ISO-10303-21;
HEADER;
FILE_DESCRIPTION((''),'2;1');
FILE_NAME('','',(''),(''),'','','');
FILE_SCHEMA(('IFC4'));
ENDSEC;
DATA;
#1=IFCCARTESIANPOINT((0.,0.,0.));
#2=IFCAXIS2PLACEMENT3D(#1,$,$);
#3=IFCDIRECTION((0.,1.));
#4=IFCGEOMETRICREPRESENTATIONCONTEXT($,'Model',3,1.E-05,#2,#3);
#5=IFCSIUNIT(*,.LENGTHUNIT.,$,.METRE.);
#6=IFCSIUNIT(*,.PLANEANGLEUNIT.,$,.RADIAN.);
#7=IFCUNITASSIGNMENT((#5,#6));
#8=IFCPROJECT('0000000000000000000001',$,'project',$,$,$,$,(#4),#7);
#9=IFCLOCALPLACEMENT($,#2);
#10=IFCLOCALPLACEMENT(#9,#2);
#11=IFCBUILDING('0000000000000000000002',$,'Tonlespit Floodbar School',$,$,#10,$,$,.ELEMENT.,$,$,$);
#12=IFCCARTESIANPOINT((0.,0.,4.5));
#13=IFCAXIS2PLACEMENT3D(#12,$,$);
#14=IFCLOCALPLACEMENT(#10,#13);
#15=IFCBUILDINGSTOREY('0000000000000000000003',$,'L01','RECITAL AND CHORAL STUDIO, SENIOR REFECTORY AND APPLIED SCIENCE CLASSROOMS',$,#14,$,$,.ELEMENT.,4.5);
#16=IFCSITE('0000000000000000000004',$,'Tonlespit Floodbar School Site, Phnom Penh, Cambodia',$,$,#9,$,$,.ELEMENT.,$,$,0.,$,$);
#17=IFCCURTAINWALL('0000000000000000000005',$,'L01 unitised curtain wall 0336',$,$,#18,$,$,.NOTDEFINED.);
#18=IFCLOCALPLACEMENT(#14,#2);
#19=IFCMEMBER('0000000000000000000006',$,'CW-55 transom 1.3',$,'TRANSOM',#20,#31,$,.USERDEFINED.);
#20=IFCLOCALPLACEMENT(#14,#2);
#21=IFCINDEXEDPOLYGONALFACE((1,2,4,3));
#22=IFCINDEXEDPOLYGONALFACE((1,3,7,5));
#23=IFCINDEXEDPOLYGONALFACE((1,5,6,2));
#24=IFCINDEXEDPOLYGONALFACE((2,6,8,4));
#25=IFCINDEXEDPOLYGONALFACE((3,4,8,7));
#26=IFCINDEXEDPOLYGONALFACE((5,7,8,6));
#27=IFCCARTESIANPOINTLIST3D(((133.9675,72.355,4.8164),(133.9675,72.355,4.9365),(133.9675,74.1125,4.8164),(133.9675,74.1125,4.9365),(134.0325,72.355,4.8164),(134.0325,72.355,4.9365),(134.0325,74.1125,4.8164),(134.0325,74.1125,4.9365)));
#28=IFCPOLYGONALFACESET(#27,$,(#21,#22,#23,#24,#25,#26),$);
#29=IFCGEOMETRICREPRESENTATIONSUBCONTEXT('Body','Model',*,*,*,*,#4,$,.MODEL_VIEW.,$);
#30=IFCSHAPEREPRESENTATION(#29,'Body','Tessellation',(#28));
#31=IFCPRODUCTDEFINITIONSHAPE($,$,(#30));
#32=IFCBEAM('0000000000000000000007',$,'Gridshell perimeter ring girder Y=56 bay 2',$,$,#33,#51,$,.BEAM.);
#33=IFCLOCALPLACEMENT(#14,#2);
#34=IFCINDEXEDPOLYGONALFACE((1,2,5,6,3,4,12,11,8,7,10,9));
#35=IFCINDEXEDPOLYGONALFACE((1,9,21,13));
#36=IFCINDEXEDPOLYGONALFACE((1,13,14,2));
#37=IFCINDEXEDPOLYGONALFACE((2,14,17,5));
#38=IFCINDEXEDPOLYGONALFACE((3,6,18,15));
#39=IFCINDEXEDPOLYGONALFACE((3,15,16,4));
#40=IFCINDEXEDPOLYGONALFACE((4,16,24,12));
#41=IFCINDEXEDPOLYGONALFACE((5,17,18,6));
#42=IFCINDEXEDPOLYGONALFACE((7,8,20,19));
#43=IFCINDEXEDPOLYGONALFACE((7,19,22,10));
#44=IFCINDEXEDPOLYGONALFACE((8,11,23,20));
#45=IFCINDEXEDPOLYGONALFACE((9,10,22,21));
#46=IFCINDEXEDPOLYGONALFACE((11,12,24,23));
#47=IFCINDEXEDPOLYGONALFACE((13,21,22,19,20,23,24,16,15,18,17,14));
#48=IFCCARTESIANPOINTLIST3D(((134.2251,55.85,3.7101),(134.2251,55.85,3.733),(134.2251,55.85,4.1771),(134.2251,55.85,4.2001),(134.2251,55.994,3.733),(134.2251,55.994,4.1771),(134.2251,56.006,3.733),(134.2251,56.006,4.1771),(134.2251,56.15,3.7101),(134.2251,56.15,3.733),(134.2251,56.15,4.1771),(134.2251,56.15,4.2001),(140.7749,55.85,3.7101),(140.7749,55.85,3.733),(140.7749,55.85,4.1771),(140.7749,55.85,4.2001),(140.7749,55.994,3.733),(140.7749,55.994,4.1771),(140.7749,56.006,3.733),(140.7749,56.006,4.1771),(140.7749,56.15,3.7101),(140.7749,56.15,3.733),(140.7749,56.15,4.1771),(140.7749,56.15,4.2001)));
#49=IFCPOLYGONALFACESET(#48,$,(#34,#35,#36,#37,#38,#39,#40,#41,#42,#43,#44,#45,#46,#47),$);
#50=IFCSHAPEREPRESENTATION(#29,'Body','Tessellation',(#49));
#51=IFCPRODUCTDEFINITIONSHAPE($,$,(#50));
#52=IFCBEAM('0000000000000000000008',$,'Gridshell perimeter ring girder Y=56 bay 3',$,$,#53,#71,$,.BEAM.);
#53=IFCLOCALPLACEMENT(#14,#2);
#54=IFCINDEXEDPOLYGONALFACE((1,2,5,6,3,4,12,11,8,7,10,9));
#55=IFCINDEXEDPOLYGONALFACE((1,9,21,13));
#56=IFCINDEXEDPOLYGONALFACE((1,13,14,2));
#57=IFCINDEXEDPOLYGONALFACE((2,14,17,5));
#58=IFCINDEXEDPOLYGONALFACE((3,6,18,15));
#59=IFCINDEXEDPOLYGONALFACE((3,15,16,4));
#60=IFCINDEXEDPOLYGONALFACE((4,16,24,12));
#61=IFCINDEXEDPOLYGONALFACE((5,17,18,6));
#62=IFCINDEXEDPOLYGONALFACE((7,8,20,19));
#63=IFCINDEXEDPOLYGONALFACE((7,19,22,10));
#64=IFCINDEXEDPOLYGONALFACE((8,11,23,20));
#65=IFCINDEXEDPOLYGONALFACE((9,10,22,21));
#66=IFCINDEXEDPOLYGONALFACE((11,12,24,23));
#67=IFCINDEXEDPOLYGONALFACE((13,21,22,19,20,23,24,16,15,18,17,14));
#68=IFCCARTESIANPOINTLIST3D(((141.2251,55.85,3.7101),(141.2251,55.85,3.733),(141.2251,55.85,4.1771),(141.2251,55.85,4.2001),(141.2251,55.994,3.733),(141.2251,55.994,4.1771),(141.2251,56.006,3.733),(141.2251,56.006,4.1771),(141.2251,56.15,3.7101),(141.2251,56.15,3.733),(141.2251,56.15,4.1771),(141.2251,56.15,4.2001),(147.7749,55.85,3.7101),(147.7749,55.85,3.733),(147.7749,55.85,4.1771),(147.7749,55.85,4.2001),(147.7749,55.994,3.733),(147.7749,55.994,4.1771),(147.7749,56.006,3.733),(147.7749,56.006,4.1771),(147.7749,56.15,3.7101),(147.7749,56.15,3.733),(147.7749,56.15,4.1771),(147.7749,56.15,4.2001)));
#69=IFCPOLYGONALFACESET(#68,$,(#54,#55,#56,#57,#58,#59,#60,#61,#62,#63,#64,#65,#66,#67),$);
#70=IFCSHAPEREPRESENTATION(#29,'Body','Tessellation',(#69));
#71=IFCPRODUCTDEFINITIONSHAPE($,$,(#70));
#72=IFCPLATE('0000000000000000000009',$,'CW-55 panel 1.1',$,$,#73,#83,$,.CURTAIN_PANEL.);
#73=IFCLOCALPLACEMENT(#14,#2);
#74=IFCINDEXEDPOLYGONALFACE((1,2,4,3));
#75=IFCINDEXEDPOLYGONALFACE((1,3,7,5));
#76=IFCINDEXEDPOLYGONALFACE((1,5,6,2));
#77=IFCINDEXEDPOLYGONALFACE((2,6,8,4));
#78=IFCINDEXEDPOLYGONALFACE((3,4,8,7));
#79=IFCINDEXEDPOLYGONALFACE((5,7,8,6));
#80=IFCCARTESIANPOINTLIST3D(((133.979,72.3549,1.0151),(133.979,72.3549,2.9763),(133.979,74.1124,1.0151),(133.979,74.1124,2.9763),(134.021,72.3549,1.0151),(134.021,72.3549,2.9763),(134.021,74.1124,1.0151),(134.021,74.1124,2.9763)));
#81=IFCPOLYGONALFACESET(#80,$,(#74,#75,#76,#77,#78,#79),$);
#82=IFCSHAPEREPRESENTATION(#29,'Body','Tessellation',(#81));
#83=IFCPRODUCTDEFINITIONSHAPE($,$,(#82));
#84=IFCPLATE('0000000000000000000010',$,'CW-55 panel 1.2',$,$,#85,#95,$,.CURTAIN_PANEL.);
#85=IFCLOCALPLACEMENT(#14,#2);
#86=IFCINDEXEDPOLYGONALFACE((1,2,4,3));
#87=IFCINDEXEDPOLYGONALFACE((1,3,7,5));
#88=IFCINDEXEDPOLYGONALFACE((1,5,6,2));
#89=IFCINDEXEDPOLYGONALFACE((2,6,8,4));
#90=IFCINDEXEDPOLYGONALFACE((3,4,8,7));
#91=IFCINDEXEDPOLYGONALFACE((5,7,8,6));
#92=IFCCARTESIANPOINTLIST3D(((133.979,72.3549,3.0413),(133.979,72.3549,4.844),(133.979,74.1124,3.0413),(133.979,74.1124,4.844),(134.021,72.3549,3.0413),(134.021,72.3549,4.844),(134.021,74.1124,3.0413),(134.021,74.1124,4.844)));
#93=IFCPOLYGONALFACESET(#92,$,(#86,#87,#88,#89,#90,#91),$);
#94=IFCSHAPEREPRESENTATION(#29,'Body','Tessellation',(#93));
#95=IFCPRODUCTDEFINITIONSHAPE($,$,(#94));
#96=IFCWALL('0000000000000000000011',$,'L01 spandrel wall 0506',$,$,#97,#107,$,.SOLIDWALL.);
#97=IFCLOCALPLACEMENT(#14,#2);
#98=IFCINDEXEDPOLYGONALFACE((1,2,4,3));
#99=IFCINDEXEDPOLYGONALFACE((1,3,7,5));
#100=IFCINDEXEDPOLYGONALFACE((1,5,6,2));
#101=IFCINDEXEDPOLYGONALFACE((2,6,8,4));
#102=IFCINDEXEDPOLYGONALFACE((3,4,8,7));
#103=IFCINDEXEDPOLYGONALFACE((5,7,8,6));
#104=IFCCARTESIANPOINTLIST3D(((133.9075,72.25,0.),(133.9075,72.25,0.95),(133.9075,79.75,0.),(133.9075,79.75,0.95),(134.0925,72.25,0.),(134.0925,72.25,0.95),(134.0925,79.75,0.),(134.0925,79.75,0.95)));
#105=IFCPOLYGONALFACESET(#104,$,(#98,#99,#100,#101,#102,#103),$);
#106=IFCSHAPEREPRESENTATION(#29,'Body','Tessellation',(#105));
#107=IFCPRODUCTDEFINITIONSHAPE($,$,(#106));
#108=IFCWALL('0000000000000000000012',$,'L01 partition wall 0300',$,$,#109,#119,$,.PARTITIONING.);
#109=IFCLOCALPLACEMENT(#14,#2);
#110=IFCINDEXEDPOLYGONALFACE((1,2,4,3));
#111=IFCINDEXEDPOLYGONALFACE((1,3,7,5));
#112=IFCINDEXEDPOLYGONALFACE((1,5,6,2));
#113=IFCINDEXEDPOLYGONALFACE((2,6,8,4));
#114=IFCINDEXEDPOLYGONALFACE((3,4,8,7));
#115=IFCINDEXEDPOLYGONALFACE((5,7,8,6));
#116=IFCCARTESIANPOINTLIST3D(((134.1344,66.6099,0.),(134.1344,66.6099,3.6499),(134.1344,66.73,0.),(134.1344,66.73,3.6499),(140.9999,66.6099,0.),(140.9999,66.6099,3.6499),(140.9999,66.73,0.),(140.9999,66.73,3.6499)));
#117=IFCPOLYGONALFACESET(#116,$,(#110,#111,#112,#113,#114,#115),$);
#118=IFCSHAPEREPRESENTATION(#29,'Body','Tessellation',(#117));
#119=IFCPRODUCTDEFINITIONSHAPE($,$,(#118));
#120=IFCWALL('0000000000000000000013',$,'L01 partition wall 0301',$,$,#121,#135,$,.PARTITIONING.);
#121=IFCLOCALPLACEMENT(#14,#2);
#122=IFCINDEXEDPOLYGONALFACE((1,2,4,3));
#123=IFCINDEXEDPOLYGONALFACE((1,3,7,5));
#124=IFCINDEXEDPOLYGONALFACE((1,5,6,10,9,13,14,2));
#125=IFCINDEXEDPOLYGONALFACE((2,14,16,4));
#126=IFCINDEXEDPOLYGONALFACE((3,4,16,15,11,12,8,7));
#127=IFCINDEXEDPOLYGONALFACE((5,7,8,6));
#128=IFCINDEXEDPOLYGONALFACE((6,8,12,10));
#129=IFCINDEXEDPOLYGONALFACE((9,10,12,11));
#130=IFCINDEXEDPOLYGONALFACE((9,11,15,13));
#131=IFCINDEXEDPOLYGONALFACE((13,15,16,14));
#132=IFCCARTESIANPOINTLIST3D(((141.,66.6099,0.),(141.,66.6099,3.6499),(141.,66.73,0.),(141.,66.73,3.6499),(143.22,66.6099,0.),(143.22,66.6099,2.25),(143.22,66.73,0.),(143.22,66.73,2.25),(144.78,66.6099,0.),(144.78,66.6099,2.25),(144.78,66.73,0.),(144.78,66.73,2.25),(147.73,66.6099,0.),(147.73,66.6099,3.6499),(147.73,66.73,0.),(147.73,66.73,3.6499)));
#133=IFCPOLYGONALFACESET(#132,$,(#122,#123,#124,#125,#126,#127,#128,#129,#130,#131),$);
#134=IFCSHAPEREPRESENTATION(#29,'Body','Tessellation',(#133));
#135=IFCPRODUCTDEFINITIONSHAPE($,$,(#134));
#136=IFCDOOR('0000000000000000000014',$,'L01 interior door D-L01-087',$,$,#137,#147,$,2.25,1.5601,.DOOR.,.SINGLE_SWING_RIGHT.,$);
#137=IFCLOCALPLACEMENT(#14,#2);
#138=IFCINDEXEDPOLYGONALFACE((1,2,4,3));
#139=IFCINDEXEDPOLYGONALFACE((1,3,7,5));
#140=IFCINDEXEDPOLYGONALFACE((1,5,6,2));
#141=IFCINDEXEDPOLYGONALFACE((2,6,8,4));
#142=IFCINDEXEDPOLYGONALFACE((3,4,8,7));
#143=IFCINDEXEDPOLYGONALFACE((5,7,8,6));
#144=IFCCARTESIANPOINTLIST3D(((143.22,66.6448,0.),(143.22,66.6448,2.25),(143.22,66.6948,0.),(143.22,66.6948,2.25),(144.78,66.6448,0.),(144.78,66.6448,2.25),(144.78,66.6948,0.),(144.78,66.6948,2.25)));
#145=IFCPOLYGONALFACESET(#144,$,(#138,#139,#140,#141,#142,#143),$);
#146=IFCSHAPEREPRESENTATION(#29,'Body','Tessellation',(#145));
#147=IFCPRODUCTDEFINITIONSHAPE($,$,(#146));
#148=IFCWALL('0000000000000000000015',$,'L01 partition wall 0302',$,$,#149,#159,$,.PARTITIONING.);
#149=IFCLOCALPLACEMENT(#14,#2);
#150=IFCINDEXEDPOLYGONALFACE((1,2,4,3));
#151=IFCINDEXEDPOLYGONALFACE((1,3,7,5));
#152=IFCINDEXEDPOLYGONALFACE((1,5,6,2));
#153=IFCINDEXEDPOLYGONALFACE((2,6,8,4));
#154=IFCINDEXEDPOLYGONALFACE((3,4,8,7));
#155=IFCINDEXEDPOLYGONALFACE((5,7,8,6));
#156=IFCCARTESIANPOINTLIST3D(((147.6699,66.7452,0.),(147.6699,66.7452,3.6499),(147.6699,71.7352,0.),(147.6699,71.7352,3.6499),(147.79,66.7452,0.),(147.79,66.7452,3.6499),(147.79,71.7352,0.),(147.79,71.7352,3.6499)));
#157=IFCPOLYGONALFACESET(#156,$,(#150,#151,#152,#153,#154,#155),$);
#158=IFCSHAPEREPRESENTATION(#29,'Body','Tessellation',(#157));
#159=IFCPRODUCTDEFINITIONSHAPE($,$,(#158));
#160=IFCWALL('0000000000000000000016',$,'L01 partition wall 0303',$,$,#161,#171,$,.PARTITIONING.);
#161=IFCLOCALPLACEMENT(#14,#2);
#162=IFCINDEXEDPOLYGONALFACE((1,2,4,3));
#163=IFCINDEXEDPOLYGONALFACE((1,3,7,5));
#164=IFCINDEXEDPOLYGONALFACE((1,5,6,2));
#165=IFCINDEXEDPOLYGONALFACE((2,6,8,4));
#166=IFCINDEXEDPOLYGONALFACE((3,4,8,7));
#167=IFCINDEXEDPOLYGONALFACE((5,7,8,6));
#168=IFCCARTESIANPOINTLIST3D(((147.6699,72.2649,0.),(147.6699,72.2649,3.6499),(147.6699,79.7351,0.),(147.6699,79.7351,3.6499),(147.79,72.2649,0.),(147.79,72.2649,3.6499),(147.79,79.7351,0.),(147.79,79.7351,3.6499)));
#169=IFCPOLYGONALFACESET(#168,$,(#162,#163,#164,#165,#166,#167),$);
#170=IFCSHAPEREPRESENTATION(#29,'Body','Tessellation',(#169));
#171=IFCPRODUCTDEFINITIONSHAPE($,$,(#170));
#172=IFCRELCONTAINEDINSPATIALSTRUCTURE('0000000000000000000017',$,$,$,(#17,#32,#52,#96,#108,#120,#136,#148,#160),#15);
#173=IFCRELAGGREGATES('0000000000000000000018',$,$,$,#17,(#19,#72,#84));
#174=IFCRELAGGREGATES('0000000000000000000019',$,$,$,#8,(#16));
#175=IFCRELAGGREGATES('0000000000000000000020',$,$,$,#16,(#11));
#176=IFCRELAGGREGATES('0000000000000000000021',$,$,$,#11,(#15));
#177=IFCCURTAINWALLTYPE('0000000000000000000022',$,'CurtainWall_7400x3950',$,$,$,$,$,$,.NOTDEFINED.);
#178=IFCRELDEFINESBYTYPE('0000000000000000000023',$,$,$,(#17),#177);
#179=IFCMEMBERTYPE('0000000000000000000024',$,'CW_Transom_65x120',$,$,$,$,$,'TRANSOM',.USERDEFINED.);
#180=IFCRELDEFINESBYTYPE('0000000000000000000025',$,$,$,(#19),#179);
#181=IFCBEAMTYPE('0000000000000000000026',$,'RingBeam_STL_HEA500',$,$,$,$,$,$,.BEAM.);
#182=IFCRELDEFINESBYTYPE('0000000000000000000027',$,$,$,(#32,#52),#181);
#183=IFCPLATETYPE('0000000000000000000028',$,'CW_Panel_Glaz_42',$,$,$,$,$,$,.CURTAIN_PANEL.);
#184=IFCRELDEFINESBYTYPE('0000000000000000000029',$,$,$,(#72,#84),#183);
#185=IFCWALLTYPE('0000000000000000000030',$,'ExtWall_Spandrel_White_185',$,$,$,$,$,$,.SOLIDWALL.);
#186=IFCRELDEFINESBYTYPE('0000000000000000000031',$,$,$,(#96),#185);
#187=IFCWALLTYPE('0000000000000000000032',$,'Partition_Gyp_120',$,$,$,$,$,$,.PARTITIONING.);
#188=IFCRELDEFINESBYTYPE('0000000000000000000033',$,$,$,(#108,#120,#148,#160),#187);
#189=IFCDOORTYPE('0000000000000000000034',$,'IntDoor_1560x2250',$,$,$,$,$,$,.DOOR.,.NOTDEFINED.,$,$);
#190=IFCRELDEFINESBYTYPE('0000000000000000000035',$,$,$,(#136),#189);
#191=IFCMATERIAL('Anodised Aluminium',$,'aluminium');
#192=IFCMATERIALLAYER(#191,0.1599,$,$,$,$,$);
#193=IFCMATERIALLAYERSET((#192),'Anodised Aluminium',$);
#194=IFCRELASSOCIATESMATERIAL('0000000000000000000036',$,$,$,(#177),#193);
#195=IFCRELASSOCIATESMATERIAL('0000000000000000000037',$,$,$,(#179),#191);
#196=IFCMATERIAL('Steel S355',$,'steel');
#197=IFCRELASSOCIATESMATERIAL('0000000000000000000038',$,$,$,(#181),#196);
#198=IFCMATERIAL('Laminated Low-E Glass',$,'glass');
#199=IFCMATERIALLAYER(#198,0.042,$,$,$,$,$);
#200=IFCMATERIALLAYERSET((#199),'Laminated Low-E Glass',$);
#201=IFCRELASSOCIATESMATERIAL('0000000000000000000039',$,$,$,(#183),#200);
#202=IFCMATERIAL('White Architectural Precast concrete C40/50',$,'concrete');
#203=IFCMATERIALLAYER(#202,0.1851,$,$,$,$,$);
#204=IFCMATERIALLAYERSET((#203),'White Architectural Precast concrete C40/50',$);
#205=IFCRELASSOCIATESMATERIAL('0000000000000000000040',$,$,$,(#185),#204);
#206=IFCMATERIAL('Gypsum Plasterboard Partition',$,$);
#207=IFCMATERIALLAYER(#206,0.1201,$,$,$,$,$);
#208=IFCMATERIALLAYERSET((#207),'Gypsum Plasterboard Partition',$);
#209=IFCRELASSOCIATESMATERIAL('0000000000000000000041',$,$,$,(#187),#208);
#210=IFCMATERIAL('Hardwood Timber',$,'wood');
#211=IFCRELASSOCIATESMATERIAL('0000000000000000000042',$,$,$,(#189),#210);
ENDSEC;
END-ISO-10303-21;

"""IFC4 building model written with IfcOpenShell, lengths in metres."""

from ifc_helpers import new_model, si_unit, direction, frame, frame_2d, origin, origin_2d, place, context, subcontext, project, spatial, rectangle, i_section, extrude, material, layer, layer_set, material_profile, profile_set, type_object, element, fill, aggregate, save


model = new_model("IFC4")

# Units and contexts
model_context = context("Model", 3, precision=1e-05, world=origin(), true_north=direction((0.0, 1.0)))
body_context = subcontext(model_context, "Body", "Model", "MODEL_VIEW")
ifc_project = project(units=[si_unit("LENGTHUNIT", "METRE"), si_unit("PLANEANGLEUNIT", "RADIAN")], contexts=[model_context])

# Site, building, storey
site_placement = place(None, origin())
site = spatial("IfcSite", under=ifc_project, at=site_placement, Name="Tonlespit Floodbar School Site, Phnom Penh, Cambodia", CompositionType="ELEMENT", RefElevation=0.0)
building_placement = place(site_placement, origin())
building = spatial("IfcBuilding", under=site, at=building_placement, Name="Tonlespit Floodbar School", CompositionType="ELEMENT")
storey_placement = place(building_placement, frame((0.0, 0.0, 4.5)))
storey = spatial("IfcBuildingStorey", under=building, at=storey_placement, Name="L01", Description="RECITAL AND CHORAL STUDIO, SENIOR REFECTORY AND APPLIED SCIENCE CLASSROOMS", CompositionType="ELEMENT", Elevation=4.5)

# Curtain wall, member
ifc_material_1 = material(Name="Anodised Aluminium", Category="aluminium")
ifc_layer_1 = layer(ifc_material_1, 0.1599)
ifc_layer_set_1 = layer_set([ifc_layer_1], Name="Anodised Aluminium")
curtain_wall_type = type_object("IfcCurtainWallType", Name="CurtainWall_7400x3950", PredefinedType="NOTDEFINED", material=ifc_layer_set_1)
curtain_wall_placement = place(storey_placement, origin())
curtain_wall = element("IfcCurtainWall", 1, at=curtain_wall_placement, inside=storey, type_object=curtain_wall_type, Name="L01 unitised curtain wall 0336", PredefinedType="NOTDEFINED")
ifc_material_profile_1 = material_profile(ifc_material_1, rectangle(XDim=0.0649, YDim=0.1201, at=origin_2d()), Name="ALU T65x120")
ifc_profile_set_1 = profile_set([ifc_material_profile_1], Name="Anodised Aluminium")
member_type_1 = type_object("IfcMemberType", Name="CW_Transom_65x120", ElementType="TRANSOM", PredefinedType="USERDEFINED", material=ifc_profile_set_1)
member_1_placement = place(storey_placement, frame((134.0, 72.355, 4.8765), z_axis=(0.0, 1.0, 0.0), x_axis=(-1.0, 0.0, 0.0)))
member_1 = element("IfcMember", 2, at=member_1_placement, type_object=member_type_1, Name="CW-55 transom 1.3", ObjectType="TRANSOM", PredefinedType="USERDEFINED", context=body_context, shape_type="SweptSolid", body=[
    extrude(rectangle(XDim=0.0649, YDim=0.1201, at=origin_2d()), origin(), (0.0, 0.0, 1.0), 1.7576),
])

# Beams
ifc_material_2 = material(Name="Steel S355", Category="steel")
ifc_material_profile_2 = material_profile(ifc_material_2, i_section(OverallWidth=0.3, OverallDepth=0.49, WebThickness=0.012, FlangeThickness=0.0229, at=origin_2d()), Name="HEA 500")
ifc_profile_set_2 = profile_set([ifc_material_profile_2], Name="Steel S355")
beam_type_1 = type_object("IfcBeamType", Name="RingBeam_STL_HEA500", PredefinedType="BEAM", material=ifc_profile_set_2)
for number, where, z_axis, x_axis, name in (
    (3, (134.2251, 56.0, 3.9551), (1.0, 0.0, 0.0), (0.0, 1.0, 0.0), "Gridshell perimeter ring girder Y=56 bay 2"),
    (4, (141.2251, 56.0, 3.9551), (1.0, 0.0, 0.0), (0.0, 1.0, 0.0), "Gridshell perimeter ring girder Y=56 bay 3"),
):
    element("IfcBeam", number, at=place(storey_placement, frame(where, z_axis=z_axis, x_axis=x_axis)), inside=storey, type_object=beam_type_1, Name=name, PredefinedType="BEAM", context=body_context, shape_type="SweptSolid", body=[
        extrude(i_section(OverallWidth=0.3, OverallDepth=0.49, WebThickness=0.012, FlangeThickness=0.0229, at=origin_2d()), origin(), (0.0, 0.0, 1.0), 6.5498),
    ])

# Plates
ifc_material_3 = material(Name="Laminated Low-E Glass", Category="glass")
ifc_layer_2 = layer(ifc_material_3, 0.042)
ifc_layer_set_2 = layer_set([ifc_layer_2], Name="Laminated Low-E Glass")
plate_type = type_object("IfcPlateType", Name="CW_Panel_Glaz_42", PredefinedType="CURTAIN_PANEL", material=ifc_layer_set_2)
plate_1_placement = place(storey_placement, frame((134.0, 73.2336, 1.0151), z_axis=(0.0, 0.0, 1.0), x_axis=(0.0, 1.0, 0.0)))
plate_1 = element("IfcPlate", 5, at=plate_1_placement, type_object=plate_type, Name="CW-55 panel 1.1", PredefinedType="CURTAIN_PANEL", context=body_context, shape_type="SweptSolid", body=[
    extrude(rectangle(XDim=1.7576, YDim=0.042, at=origin_2d()), origin(), (0.0, 0.0, 1.0), 1.9612),
])
plate_2_placement = place(storey_placement, frame((134.0, 73.2336, 3.0413), z_axis=(0.0, 0.0, 1.0), x_axis=(0.0, 1.0, 0.0)))
plate_2 = element("IfcPlate", 6, at=plate_2_placement, type_object=plate_type, Name="CW-55 panel 1.2", PredefinedType="CURTAIN_PANEL", context=body_context, shape_type="SweptSolid", body=[
    extrude(rectangle(XDim=1.7576, YDim=0.042, at=origin_2d()), origin(), (0.0, 0.0, 1.0), 1.8027),
])
aggregate(curtain_wall, [member_1, plate_1, plate_2])

# Walls
ifc_material_4 = material(Name="White Architectural Precast concrete C40/50", Category="concrete")
ifc_layer_3 = layer(ifc_material_4, 0.1851)
ifc_layer_set_3 = layer_set([ifc_layer_3], Name="White Architectural Precast concrete C40/50")
wall_type_1 = type_object("IfcWallType", Name="ExtWall_Spandrel_White_185", PredefinedType="SOLIDWALL", material=ifc_layer_set_3)
wall_1_placement = place(storey_placement, frame((134.0, 72.25, 0.0), z_axis=(0.0, 0.0, 1.0), x_axis=(0.0, 1.0, 0.0)))
element("IfcWall", 7, at=wall_1_placement, inside=storey, type_object=wall_type_1, Name="L01 spandrel wall 0506", PredefinedType="SOLIDWALL", context=body_context, shape_type="SweptSolid", body=[
    extrude(rectangle(XDim=7.5, YDim=0.1851, at=frame_2d((3.75, 0.0))), origin(), (0.0, 0.0, 1.0), 0.95),
])
ifc_material_5 = material(Name="Gypsum Plasterboard Partition")
ifc_layer_4 = layer(ifc_material_5, 0.1201)
ifc_layer_set_4 = layer_set([ifc_layer_4], Name="Gypsum Plasterboard Partition")
wall_type_2 = type_object("IfcWallType", Name="Partition_Gyp_120", PredefinedType="PARTITIONING", material=ifc_layer_set_4)
wall_2_placement = place(storey_placement, frame((134.1345, 66.6699, 0.0), z_axis=(0.0, 0.0, 1.0), x_axis=(1.0, 0.0, 0.0)))
element("IfcWall", 8, at=wall_2_placement, inside=storey, type_object=wall_type_2, Name="L01 partition wall 0300", PredefinedType="PARTITIONING", context=body_context, shape_type="SweptSolid", body=[
    extrude(rectangle(XDim=6.8655, YDim=0.1201, at=frame_2d((3.4326, 0.0))), origin(), (0.0, 0.0, 1.0), 3.6499),
])

# Wall, opening, door
wall_3_placement = place(storey_placement, frame((141.0, 66.6699, 0.0), z_axis=(0.0, 0.0, 1.0), x_axis=(1.0, 0.0, 0.0)))
wall_3 = element("IfcWall", 9, at=wall_3_placement, inside=storey, type_object=wall_type_2, Name="L01 partition wall 0301", PredefinedType="PARTITIONING", context=body_context, shape_type="SweptSolid", body=[
    extrude(rectangle(XDim=6.73, YDim=0.1201, at=frame_2d((3.365, 0.0))), origin(), (0.0, 0.0, 1.0), 3.6499),
])
opening_1_placement = place(wall_3_placement, frame((2.22, 0.0, 0.0)))
opening_1 = element("IfcOpeningElement", 10, at=opening_1_placement, cuts=wall_3, PredefinedType="OPENING", context=body_context, shape_type="SweptSolid", body=[
    extrude(rectangle(XDim=1.5601, YDim=2.25, at=frame_2d((0.78, 1.125))), frame((0.0, 0.0701, 0.0), z_axis=(0.0, -1.0, 0.0), x_axis=(1.0, 0.0, 0.0)), (0.0, 0.0, 1.0), 0.1401),
])
ifc_material_6 = material(Name="Hardwood Timber", Category="wood")
door_type_1 = type_object("IfcDoorType", Name="IntDoor_1560x2250", OperationType="NOTDEFINED", PredefinedType="DOOR", material=ifc_material_6)
door_1_placement = place(opening_1_placement, origin())
door_1 = element("IfcDoor", 11, at=door_1_placement, inside=storey, type_object=door_type_1, Name="L01 interior door D-L01-087", OperationType="SINGLE_SWING_RIGHT", OverallHeight=2.25, OverallWidth=1.5601, PredefinedType="DOOR", context=body_context, shape_type="SweptSolid", body=[
    extrude(rectangle(XDim=1.5601, YDim=2.25, at=frame_2d((0.78, 1.125))), frame((0.0, 0.0249, 0.0), z_axis=(0.0, -1.0, 0.0), x_axis=(1.0, 0.0, 0.0)), (0.0, 0.0, 1.0), 0.05),
])
fill(opening_1, door_1)

# Walls
wall_4_placement = place(storey_placement, frame((147.73, 66.7451, 0.0), z_axis=(0.0, 0.0, 1.0), x_axis=(0.0, 1.0, 0.0)))
element("IfcWall", 12, at=wall_4_placement, inside=storey, type_object=wall_type_2, Name="L01 partition wall 0302", PredefinedType="PARTITIONING", context=body_context, shape_type="SweptSolid", body=[
    extrude(rectangle(XDim=4.99, YDim=0.1201, at=frame_2d((2.4951, 0.0))), origin(), (0.0, 0.0, 1.0), 3.6499),
])
wall_5_placement = place(storey_placement, frame((147.73, 72.2649, 0.0), z_axis=(0.0, 0.0, 1.0), x_axis=(0.0, 1.0, 0.0)))
element("IfcWall", 13, at=wall_5_placement, inside=storey, type_object=wall_type_2, Name="L01 partition wall 0303", PredefinedType="PARTITIONING", context=body_context, shape_type="SweptSolid", body=[
    extrude(rectangle(XDim=7.4702, YDim=0.1201, at=frame_2d((3.7351, 0.0))), origin(), (0.0, 0.0, 1.0), 3.6499),
])

save(model, "model.ifc")
